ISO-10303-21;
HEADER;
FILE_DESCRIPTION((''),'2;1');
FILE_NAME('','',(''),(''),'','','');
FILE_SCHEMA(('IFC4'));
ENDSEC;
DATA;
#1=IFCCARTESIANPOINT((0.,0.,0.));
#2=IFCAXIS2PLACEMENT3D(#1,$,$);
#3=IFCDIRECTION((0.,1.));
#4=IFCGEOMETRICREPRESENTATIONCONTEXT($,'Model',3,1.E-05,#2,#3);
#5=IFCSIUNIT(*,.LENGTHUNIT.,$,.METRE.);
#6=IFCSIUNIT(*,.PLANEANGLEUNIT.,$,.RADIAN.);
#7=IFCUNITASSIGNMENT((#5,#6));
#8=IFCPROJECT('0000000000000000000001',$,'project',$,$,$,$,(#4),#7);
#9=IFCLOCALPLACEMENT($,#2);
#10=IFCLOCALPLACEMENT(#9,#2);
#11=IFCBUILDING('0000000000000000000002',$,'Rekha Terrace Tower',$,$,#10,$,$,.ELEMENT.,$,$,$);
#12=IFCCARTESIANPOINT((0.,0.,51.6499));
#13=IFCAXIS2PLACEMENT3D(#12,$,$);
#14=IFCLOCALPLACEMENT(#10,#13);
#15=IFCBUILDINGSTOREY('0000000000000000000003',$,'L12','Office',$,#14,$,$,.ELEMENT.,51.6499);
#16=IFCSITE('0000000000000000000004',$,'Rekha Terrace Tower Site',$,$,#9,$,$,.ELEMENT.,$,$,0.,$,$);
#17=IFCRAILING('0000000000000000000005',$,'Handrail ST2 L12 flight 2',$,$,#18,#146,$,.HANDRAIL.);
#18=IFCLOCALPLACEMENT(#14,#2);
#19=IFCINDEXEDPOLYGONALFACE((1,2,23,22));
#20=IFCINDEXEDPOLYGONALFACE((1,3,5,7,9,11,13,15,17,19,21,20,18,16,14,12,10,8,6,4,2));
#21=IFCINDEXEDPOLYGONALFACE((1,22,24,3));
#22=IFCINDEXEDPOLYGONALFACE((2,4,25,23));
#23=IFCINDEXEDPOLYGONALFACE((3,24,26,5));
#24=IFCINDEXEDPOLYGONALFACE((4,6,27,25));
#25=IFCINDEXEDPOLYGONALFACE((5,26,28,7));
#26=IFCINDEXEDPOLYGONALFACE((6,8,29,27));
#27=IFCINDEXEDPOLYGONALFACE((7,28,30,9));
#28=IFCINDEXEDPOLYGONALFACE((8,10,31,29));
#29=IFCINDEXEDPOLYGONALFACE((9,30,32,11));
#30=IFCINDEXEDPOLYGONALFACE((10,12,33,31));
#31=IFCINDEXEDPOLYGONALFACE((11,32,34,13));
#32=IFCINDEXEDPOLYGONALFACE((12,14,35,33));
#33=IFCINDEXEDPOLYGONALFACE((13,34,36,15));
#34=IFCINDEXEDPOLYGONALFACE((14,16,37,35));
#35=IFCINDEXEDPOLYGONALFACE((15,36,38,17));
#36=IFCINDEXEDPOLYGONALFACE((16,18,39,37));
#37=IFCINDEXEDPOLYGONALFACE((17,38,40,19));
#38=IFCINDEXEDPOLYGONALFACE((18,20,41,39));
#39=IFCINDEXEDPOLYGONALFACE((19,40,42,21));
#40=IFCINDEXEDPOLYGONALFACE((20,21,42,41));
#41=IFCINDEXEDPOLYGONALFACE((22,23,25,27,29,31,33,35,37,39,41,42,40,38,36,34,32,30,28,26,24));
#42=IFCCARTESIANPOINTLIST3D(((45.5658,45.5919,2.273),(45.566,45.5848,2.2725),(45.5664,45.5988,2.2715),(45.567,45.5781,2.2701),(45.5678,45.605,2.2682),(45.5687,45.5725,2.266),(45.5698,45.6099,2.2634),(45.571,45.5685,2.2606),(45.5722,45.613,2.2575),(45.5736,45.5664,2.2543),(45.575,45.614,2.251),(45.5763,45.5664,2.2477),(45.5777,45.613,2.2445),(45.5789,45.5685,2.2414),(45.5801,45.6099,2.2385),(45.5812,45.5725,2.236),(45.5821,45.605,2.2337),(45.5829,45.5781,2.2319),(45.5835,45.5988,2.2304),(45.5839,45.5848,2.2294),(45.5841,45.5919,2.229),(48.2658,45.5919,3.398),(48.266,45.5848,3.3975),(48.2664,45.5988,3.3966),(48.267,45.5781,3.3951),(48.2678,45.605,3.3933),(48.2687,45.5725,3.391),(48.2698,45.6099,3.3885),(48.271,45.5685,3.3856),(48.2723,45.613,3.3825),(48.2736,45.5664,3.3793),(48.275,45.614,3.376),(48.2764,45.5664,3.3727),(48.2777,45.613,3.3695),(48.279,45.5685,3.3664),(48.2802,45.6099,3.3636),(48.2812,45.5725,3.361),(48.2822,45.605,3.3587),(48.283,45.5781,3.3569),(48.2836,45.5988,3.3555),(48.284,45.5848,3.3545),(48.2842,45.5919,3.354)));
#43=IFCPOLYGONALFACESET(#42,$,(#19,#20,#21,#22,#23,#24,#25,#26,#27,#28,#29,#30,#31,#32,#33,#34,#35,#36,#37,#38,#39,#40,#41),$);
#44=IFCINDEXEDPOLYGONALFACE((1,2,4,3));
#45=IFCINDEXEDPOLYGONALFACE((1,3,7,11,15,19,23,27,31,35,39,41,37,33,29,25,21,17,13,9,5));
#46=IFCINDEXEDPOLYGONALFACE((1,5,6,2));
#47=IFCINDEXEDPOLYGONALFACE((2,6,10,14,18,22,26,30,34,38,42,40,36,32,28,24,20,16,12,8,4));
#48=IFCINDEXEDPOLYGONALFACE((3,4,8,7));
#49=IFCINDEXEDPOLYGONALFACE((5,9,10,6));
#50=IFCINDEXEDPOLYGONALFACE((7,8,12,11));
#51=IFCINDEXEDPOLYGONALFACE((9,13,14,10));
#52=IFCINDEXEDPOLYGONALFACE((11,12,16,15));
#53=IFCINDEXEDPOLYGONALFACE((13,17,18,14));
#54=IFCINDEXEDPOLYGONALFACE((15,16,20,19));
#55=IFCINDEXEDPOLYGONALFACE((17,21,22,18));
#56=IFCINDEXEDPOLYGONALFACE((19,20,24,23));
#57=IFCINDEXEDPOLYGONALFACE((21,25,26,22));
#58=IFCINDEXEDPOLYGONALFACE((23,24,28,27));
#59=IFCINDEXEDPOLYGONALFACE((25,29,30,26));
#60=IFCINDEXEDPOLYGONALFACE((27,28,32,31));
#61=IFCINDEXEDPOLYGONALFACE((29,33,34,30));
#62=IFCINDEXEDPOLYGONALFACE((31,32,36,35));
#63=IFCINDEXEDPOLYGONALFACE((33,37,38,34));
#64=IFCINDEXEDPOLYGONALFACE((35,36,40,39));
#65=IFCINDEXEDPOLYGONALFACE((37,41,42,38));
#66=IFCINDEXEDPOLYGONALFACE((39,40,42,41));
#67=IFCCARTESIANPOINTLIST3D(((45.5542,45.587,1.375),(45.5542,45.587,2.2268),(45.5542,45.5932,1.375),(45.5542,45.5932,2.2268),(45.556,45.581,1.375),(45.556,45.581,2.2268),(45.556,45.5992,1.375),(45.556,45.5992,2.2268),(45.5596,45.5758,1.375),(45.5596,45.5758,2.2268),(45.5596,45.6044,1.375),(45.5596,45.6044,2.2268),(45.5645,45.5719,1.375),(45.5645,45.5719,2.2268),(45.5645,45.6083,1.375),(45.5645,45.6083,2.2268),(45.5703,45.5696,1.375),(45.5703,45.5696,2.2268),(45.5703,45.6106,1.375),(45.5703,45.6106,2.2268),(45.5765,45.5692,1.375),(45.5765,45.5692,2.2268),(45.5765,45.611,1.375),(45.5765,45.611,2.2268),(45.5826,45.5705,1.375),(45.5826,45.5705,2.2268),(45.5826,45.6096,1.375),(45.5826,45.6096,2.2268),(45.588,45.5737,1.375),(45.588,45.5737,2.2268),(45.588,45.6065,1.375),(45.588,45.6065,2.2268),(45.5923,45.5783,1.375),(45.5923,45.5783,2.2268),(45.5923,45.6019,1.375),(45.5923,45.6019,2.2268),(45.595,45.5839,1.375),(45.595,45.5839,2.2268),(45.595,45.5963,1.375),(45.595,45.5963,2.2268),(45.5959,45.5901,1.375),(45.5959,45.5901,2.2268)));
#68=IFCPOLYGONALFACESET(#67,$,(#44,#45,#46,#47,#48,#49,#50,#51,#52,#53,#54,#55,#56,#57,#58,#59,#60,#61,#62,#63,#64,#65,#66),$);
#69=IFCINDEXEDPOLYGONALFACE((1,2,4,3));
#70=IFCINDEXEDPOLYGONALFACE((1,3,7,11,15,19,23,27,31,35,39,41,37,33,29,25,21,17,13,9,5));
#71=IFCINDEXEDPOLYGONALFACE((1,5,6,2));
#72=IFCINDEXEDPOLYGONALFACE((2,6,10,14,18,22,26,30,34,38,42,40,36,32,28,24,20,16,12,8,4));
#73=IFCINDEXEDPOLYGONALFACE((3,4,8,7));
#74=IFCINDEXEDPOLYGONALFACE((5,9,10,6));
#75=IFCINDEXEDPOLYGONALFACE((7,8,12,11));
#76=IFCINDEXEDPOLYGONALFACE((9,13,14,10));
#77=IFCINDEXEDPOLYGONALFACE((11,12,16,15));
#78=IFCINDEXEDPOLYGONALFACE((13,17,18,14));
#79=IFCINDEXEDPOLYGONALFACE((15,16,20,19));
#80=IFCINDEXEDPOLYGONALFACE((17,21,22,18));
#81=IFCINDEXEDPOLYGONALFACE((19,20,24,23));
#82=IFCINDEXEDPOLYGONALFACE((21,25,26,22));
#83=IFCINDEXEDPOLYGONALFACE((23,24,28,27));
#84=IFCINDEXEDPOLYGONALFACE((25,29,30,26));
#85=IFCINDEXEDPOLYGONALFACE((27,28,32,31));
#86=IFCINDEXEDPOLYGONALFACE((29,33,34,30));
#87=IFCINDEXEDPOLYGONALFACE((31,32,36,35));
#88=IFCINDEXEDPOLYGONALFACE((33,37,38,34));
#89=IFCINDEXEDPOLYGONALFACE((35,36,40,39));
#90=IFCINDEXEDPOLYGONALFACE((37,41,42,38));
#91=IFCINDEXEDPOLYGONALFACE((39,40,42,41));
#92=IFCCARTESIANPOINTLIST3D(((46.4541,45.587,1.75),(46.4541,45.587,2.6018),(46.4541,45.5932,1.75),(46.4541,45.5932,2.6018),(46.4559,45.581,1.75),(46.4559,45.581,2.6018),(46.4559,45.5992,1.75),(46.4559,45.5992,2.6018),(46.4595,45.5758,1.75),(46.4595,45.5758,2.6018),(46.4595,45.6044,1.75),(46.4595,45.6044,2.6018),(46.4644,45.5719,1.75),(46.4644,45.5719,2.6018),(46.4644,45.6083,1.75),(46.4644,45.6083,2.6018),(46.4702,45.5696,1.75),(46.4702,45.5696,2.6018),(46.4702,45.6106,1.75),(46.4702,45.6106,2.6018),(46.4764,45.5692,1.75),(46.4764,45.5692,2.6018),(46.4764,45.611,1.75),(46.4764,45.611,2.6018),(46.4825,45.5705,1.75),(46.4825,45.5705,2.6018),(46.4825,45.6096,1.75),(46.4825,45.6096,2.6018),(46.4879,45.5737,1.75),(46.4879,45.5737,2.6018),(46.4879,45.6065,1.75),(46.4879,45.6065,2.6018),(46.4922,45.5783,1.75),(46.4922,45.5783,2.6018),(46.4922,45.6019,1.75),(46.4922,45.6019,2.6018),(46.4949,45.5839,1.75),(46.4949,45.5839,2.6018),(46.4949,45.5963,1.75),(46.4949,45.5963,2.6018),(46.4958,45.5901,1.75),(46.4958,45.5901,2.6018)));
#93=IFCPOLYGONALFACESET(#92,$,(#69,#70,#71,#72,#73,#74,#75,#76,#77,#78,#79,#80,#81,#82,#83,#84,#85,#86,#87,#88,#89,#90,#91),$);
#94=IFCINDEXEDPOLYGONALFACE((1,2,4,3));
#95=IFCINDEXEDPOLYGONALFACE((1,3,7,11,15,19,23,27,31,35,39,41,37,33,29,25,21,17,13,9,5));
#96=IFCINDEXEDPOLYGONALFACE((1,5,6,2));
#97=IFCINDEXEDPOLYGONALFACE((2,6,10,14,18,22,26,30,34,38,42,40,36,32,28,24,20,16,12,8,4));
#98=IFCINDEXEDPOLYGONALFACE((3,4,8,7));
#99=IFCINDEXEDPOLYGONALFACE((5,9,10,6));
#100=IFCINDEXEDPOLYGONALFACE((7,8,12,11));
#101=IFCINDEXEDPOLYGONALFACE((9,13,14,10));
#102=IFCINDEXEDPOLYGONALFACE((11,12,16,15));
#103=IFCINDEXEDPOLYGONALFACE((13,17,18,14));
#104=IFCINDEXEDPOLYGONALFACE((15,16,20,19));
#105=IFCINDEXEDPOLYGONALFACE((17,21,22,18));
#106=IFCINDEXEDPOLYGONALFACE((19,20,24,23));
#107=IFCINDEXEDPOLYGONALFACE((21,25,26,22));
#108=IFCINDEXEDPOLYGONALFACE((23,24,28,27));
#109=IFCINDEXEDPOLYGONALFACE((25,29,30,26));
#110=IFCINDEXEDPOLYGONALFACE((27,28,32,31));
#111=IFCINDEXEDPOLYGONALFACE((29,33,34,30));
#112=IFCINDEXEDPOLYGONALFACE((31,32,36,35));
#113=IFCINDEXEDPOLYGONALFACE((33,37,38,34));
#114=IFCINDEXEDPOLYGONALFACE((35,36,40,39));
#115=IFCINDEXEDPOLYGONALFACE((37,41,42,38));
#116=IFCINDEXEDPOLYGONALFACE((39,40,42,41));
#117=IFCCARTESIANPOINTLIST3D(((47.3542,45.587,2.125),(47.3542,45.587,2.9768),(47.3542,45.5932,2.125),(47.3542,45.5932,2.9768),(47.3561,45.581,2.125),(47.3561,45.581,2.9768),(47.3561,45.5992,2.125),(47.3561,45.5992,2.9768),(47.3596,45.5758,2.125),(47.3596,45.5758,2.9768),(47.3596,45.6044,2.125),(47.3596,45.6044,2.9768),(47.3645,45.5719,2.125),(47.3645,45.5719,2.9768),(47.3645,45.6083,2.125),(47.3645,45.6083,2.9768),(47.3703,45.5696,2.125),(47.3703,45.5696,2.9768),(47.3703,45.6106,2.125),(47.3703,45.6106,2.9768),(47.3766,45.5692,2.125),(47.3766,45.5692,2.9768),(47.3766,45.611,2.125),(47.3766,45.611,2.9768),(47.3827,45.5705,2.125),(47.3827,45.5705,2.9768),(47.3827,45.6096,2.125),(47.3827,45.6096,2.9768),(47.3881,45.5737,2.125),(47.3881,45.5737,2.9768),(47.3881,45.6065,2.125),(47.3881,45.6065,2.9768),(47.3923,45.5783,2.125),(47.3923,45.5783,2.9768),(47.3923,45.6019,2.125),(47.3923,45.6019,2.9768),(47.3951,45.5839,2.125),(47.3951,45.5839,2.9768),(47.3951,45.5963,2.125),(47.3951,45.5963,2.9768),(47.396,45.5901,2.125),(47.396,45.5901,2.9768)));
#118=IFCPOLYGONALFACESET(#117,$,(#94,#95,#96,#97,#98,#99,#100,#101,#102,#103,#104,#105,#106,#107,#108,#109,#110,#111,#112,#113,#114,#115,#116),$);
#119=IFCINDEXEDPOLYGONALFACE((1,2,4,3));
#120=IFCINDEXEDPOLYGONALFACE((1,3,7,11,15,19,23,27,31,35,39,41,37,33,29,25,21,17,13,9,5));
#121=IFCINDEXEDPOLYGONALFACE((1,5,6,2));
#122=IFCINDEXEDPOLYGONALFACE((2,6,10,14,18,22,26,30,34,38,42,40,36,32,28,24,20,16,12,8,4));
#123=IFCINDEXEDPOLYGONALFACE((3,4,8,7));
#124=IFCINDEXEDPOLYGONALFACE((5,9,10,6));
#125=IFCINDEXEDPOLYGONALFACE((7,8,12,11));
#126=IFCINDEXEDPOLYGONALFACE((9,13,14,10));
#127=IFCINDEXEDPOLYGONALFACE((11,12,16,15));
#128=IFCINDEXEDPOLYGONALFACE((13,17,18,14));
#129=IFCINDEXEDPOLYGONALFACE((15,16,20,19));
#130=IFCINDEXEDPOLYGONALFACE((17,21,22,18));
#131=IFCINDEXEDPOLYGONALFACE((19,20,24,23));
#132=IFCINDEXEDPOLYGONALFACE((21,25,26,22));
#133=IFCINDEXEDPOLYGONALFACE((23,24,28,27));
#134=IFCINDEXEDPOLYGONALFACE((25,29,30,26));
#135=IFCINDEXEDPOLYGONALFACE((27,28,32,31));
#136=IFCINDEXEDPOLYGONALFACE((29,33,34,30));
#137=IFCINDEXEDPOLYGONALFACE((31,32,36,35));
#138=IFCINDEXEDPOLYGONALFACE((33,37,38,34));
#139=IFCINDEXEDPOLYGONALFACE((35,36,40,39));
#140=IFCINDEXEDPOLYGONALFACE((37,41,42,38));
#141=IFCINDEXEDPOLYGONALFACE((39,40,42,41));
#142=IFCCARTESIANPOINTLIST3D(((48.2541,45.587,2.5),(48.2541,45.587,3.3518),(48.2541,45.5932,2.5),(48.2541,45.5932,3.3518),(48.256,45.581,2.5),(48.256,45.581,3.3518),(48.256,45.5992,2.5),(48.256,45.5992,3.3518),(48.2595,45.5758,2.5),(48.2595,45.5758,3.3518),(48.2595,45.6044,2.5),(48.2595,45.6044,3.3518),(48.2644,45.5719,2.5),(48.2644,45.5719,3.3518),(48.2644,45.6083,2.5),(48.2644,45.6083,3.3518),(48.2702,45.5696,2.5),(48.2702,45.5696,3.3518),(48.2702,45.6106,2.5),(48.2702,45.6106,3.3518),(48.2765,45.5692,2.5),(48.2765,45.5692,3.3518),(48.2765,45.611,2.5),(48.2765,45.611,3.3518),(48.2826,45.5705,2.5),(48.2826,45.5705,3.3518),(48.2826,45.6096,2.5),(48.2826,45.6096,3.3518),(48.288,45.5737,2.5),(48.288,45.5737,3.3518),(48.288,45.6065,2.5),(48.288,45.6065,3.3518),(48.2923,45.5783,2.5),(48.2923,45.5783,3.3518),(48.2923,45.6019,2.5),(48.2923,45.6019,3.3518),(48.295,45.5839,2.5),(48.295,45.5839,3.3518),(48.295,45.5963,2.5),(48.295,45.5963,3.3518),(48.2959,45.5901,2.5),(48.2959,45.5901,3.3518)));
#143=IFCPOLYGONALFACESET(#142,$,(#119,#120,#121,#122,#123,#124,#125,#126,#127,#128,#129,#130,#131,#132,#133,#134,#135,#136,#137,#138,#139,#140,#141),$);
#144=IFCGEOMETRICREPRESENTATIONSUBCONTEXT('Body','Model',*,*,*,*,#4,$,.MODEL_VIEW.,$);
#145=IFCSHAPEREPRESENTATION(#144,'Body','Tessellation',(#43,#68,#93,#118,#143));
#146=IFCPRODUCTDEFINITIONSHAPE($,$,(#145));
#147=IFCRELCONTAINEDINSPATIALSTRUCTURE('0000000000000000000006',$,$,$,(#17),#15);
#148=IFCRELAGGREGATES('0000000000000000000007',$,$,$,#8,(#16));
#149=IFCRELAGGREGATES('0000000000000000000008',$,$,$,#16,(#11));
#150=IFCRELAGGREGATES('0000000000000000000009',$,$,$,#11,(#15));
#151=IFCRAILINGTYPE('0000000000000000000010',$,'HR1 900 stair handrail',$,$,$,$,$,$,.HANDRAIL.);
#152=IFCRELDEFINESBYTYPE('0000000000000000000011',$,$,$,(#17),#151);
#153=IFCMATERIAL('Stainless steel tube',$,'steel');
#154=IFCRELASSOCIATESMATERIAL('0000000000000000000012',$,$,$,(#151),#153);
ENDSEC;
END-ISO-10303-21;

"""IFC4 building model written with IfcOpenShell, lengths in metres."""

from ifc_helpers import new_model, si_unit, direction, frame, origin, origin_2d, place, context, subcontext, project, spatial, circle, extrude, material, type_object, element, save


model = new_model("IFC4")

# Units and contexts
model_context = context("Model", 3, precision=1e-05, world=origin(), true_north=direction((0.0, 1.0)))
body_context = subcontext(model_context, "Body", "Model", "MODEL_VIEW")
ifc_project = project(units=[si_unit("LENGTHUNIT", "METRE"), si_unit("PLANEANGLEUNIT", "RADIAN")], contexts=[model_context])

# Site, building, storey
site_placement = place(None, origin())
site = spatial("IfcSite", under=ifc_project, at=site_placement, Name="Rekha Terrace Tower Site", CompositionType="ELEMENT", RefElevation=0.0)
building_placement = place(site_placement, origin())
building = spatial("IfcBuilding", under=site, at=building_placement, Name="Rekha Terrace Tower", CompositionType="ELEMENT")
storey_placement = place(building_placement, frame((0.0, 0.0, 51.6499)))
storey = spatial("IfcBuildingStorey", under=building, at=storey_placement, Name="L12", Description="Office", CompositionType="ELEMENT", Elevation=51.6499)

# Railing
ifc_material_1 = material(Name="Stainless steel tube", Category="steel")
railing_type_1 = type_object("IfcRailingType", Name="HR1 900 stair handrail", PredefinedType="HANDRAIL", material=ifc_material_1)
railing_1_placement = place(storey_placement, frame((45.575, 45.5901, 1.375)))
element("IfcRailing", 1, at=railing_1_placement, inside=storey, type_object=railing_type_1, Name="Handrail ST2 L12 flight 2", PredefinedType="HANDRAIL", context=body_context, shape_type="SweptSolid", body=[
    extrude(circle(Radius=0.0239, at=origin_2d()), frame((0.0, 0.0, 0.876), z_axis=(0.923074, 0.0, 0.384621), x_axis=(0.0, 1.0, 0.0)), (0.0, 0.0, 1.0), 2.925),
    extrude(circle(Radius=0.021, at=origin_2d()), origin(), (0.0, 0.0, 1.0), 0.8518),
    extrude(circle(Radius=0.021, at=origin_2d()), frame((0.8999, 0.0, 0.375)), (0.0, 0.0, 1.0), 0.8518),
    extrude(circle(Radius=0.021, at=origin_2d()), frame((1.8, 0.0, 0.75)), (0.0, 0.0, 1.0), 0.8518),
    extrude(circle(Radius=0.021, at=origin_2d()), frame((2.7, 0.0, 1.125)), (0.0, 0.0, 1.0), 0.8518),
])

save(model, "model.ifc")
